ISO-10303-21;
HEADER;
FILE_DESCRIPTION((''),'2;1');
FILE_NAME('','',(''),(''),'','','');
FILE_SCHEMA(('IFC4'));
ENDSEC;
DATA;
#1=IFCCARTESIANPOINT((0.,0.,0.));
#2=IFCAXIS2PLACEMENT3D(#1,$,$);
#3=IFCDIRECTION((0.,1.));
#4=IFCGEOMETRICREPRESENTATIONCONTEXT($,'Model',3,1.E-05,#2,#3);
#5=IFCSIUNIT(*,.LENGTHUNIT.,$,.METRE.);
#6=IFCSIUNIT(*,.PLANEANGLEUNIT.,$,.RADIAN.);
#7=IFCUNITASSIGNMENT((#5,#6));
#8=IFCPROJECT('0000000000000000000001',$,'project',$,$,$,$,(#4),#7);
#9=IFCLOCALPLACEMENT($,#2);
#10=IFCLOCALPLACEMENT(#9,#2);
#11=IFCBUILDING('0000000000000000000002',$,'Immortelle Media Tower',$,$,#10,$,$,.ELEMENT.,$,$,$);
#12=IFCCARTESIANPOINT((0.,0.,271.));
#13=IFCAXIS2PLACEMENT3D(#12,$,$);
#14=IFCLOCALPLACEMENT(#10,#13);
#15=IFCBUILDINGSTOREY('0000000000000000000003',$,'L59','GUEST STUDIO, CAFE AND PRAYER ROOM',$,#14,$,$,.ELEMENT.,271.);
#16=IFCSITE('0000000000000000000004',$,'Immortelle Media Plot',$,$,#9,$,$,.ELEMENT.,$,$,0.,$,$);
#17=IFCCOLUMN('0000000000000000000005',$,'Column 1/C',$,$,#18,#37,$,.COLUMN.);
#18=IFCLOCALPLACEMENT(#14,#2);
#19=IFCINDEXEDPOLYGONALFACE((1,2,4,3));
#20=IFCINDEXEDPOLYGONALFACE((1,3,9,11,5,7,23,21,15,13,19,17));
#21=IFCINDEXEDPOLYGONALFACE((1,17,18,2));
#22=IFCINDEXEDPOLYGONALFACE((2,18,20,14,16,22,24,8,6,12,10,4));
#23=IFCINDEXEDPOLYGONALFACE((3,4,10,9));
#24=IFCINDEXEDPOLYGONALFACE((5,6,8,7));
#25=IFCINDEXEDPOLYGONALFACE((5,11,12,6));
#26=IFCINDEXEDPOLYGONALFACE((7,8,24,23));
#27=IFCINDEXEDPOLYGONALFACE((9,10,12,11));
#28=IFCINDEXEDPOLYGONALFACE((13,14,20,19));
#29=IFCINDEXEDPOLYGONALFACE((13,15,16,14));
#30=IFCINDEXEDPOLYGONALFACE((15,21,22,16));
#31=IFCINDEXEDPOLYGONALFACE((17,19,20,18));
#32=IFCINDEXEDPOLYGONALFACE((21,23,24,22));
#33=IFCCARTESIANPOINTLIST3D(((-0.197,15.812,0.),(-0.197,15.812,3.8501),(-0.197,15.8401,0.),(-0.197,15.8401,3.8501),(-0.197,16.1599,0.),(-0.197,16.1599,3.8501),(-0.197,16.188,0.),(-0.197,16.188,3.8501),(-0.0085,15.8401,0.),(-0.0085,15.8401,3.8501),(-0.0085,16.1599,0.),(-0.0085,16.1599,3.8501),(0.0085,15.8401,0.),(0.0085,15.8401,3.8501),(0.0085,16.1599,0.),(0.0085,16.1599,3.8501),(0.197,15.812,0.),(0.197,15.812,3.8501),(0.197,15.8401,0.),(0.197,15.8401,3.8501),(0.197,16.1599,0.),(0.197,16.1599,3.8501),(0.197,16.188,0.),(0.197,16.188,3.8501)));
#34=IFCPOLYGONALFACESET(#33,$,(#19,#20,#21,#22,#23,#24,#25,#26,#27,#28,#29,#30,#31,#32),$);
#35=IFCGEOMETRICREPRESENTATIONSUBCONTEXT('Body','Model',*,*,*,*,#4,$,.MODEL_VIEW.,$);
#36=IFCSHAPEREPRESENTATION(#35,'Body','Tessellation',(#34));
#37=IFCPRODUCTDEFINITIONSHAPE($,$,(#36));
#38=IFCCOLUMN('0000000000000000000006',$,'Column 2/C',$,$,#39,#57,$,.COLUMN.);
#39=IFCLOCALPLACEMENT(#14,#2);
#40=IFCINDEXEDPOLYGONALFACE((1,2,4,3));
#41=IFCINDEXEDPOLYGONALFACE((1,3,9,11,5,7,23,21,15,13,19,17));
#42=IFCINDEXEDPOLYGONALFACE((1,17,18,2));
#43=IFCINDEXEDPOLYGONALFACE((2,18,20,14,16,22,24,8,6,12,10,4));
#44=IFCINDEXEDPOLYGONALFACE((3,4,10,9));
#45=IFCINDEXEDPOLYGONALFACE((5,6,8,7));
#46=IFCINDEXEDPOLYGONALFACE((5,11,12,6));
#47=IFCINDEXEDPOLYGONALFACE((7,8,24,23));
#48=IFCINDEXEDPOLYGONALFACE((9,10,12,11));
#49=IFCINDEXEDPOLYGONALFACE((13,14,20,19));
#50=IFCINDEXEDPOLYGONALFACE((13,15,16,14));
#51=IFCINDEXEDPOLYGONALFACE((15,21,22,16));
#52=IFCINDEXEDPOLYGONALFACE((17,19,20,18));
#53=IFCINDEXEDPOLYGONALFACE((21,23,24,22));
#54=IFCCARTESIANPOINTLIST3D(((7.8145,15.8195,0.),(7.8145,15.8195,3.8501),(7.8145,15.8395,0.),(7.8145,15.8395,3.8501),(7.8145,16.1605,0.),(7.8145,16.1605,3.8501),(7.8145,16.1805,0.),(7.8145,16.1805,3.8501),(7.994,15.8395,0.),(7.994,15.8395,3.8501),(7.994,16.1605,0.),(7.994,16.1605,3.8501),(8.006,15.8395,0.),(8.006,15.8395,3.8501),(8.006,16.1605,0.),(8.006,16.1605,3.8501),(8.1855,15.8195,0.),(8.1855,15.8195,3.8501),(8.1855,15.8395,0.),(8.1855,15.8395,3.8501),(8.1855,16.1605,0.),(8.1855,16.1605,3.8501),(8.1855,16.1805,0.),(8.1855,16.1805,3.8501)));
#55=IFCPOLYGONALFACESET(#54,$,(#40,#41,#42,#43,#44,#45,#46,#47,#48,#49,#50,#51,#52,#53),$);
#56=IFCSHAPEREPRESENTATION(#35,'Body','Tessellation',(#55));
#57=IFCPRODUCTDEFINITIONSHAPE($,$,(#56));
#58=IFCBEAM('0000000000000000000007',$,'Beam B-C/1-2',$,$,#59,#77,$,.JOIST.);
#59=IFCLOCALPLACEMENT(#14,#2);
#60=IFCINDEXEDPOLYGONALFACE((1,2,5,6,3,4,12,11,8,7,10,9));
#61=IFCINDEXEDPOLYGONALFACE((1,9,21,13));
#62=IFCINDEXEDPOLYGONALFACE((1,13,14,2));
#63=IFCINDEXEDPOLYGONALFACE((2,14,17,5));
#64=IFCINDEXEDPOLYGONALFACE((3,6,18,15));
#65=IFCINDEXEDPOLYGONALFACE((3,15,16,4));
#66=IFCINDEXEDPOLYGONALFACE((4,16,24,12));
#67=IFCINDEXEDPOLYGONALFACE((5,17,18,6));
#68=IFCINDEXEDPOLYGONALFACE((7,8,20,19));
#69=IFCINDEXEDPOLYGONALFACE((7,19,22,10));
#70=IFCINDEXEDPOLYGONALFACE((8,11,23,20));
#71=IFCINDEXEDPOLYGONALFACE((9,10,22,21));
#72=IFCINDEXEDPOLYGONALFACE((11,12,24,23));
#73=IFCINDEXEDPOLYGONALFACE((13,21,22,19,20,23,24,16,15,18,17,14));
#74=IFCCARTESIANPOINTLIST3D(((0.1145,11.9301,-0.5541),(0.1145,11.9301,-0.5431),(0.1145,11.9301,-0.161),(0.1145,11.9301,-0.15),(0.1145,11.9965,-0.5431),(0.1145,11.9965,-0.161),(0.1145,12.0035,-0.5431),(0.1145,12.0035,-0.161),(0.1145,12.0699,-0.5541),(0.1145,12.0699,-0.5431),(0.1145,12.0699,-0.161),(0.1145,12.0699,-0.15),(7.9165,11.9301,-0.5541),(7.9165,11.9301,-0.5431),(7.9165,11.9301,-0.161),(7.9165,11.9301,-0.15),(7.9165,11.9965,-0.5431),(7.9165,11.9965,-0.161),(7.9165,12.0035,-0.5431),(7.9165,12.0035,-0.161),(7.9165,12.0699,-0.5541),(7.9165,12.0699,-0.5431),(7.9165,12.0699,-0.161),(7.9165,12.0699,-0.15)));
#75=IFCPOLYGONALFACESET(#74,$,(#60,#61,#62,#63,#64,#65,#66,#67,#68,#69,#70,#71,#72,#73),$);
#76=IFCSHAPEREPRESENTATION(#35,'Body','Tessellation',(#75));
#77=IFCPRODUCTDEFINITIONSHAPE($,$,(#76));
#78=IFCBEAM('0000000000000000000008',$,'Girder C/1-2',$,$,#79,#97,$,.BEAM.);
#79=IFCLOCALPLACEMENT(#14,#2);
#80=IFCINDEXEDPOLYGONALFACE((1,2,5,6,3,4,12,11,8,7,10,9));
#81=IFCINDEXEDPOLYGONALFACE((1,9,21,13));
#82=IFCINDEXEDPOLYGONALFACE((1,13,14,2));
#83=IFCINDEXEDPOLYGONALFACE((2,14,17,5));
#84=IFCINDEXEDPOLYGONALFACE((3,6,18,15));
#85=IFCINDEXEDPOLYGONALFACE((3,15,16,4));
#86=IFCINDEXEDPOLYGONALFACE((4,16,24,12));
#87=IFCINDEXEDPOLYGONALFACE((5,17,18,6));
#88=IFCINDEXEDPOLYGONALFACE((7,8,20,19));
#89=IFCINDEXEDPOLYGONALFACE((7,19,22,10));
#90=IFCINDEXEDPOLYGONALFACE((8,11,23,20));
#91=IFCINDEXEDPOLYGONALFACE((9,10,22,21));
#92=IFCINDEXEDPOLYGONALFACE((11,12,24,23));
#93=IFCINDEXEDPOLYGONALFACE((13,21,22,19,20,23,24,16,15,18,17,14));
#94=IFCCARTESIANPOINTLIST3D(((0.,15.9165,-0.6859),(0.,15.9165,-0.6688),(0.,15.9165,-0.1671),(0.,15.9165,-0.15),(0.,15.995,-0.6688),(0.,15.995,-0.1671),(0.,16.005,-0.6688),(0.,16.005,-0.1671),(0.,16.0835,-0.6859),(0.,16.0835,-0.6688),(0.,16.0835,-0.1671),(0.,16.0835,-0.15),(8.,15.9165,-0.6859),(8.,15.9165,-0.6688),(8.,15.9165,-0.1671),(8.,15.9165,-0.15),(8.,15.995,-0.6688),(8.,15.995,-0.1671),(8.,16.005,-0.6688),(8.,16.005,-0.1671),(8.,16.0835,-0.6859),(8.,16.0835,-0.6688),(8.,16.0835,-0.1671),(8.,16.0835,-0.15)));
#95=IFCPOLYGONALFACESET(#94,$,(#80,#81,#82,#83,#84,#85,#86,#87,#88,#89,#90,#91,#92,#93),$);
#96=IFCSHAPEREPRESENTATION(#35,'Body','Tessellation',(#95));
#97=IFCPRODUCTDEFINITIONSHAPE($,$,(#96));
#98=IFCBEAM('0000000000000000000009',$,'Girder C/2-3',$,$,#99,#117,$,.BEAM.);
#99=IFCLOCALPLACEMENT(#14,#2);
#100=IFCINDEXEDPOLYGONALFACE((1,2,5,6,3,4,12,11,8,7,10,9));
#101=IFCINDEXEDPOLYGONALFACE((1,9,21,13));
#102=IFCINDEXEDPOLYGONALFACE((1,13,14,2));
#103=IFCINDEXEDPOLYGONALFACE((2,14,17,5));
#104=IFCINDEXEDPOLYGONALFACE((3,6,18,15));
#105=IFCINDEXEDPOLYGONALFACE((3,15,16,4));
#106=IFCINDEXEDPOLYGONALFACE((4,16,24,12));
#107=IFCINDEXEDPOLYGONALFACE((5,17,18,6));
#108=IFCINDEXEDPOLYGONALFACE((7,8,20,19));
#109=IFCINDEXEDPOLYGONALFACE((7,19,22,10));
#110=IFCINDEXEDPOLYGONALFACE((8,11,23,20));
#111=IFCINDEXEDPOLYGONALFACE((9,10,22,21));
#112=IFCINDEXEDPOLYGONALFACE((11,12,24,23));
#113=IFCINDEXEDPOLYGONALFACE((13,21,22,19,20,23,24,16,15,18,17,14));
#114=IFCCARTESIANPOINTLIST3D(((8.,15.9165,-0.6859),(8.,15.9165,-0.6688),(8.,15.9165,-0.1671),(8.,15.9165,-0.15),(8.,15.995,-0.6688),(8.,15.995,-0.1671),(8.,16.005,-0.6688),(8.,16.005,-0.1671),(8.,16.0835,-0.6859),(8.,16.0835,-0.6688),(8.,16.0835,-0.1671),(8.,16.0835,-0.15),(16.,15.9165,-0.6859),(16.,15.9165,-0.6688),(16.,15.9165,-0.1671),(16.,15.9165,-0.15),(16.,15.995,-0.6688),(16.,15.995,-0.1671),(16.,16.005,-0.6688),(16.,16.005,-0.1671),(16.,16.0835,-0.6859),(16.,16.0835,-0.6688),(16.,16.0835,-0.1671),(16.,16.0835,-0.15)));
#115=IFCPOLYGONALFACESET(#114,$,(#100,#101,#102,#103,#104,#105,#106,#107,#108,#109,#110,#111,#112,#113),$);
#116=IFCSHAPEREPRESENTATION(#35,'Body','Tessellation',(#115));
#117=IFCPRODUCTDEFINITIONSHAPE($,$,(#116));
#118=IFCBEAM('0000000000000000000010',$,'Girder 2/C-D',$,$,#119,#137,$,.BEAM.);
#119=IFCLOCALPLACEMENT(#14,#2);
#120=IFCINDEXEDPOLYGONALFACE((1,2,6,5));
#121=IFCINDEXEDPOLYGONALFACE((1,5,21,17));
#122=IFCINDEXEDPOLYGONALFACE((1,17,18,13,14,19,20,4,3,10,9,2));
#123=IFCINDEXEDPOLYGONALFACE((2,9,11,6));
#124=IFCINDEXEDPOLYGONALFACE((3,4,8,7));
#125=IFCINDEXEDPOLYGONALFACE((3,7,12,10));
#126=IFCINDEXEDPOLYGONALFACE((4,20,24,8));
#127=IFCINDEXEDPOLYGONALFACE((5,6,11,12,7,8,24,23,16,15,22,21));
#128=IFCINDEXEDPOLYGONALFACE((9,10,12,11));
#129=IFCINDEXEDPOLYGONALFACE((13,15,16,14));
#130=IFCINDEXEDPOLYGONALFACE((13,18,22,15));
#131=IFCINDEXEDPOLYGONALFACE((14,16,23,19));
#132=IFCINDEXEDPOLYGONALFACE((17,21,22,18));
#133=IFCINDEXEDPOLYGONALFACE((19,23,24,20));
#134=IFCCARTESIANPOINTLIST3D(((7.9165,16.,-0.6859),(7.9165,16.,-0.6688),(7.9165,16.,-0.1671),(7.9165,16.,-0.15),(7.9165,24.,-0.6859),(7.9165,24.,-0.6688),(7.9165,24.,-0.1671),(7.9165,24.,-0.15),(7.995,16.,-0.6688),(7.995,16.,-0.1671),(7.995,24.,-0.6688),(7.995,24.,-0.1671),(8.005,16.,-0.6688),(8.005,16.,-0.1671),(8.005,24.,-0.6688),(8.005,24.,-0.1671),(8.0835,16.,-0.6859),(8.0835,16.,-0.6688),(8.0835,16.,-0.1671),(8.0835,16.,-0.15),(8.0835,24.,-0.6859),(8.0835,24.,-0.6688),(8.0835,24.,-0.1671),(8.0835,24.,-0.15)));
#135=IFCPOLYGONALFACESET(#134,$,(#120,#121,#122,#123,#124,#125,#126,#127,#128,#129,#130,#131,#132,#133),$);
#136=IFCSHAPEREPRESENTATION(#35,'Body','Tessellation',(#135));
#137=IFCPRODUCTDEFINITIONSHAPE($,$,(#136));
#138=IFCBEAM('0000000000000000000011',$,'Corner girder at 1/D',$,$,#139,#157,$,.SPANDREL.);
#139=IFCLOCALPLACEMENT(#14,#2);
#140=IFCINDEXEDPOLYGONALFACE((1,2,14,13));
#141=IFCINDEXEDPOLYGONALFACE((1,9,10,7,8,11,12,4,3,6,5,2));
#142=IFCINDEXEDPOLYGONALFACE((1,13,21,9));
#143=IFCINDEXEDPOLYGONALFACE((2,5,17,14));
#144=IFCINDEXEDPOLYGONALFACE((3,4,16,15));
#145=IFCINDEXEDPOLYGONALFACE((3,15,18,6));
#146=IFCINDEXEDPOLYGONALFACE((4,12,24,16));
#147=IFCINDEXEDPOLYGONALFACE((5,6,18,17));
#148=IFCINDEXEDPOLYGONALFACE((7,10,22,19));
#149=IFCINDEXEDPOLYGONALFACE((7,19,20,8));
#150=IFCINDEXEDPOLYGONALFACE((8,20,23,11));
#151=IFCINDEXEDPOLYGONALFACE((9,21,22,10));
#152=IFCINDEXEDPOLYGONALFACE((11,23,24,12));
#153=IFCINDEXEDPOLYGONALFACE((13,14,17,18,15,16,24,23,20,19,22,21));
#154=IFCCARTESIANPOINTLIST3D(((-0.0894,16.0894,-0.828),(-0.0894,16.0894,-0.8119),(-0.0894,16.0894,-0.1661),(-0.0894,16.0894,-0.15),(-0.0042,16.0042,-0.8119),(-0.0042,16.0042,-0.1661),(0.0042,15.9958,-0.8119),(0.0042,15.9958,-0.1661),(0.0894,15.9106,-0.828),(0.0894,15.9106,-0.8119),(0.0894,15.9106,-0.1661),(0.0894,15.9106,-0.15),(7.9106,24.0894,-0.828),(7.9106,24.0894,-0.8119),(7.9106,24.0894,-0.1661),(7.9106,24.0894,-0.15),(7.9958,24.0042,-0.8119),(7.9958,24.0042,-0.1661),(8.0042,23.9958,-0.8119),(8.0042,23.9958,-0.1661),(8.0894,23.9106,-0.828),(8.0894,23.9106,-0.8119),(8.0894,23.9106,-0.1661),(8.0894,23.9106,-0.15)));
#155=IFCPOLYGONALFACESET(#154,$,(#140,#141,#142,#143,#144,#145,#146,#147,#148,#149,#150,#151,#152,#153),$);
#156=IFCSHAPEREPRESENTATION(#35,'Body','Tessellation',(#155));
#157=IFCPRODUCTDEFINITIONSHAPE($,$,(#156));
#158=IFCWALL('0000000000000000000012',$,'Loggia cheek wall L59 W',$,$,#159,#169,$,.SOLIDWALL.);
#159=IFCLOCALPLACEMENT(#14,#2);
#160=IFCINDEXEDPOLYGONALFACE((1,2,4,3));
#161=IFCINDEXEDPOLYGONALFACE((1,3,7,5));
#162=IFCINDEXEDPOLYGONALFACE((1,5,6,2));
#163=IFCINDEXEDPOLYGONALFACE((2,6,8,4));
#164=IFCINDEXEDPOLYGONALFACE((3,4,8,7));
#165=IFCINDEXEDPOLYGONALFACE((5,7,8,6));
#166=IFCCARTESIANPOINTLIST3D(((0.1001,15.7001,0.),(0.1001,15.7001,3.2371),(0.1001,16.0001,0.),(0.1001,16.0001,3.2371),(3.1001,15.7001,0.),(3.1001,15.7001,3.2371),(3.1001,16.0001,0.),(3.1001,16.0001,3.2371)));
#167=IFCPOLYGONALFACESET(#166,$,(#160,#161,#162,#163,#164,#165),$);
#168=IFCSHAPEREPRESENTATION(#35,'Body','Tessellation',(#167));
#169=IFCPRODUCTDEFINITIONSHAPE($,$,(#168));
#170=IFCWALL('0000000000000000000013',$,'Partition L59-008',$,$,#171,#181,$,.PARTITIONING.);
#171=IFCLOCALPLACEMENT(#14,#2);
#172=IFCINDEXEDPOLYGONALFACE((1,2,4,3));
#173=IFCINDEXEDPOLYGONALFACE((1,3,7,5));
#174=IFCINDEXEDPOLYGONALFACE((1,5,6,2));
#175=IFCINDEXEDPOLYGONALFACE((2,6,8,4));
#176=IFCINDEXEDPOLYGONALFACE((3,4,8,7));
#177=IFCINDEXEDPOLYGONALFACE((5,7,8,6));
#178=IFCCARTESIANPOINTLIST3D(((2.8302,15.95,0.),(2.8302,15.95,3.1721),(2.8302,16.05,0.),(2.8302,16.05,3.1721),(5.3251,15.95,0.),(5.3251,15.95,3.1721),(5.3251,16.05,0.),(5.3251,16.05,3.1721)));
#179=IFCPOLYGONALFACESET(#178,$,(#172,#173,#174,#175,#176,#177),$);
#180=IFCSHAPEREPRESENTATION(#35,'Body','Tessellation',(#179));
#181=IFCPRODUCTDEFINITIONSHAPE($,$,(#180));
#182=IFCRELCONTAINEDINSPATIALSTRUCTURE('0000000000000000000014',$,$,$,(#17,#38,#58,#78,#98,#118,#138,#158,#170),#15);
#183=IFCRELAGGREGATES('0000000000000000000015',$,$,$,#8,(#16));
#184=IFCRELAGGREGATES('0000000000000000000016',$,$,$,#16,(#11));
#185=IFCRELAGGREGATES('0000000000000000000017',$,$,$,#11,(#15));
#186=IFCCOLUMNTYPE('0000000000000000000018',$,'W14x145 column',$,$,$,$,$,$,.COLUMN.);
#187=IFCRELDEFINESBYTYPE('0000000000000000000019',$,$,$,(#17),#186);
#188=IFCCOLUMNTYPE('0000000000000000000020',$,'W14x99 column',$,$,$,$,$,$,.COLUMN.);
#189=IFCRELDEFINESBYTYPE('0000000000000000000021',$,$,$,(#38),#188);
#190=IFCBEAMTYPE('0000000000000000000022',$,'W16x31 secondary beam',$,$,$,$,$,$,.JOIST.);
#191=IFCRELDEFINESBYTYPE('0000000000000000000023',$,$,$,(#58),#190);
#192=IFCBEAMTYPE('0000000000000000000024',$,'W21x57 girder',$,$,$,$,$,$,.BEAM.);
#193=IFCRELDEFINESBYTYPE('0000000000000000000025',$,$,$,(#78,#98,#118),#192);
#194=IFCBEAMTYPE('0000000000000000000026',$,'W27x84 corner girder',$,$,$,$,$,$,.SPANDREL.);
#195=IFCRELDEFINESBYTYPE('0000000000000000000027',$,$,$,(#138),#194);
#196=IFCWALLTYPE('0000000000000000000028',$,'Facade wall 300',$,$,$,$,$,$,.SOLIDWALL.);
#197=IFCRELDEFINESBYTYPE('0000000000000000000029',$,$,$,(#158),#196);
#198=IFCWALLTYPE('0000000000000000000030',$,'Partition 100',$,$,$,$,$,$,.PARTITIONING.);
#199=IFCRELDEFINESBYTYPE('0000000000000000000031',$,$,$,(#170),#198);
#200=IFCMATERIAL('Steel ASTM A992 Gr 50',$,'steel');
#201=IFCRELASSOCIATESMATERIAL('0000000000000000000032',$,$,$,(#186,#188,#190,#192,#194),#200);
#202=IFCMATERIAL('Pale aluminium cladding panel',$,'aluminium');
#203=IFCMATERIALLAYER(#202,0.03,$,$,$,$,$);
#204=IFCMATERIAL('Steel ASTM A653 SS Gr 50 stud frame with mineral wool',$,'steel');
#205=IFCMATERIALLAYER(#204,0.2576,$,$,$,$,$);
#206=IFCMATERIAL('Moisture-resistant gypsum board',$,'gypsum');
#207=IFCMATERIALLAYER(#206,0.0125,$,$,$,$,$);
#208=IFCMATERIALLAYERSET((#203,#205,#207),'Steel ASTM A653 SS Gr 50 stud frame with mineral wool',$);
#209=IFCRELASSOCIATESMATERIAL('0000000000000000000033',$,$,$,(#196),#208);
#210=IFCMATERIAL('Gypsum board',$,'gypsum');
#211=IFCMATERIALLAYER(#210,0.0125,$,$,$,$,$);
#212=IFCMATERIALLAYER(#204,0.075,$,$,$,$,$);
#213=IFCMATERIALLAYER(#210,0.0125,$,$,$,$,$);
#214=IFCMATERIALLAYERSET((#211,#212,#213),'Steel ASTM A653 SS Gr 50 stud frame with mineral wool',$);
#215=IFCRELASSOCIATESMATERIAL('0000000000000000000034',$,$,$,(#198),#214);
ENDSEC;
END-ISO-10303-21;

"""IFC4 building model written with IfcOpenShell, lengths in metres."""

from ifc_helpers import new_model, si_unit, direction, frame, frame_2d, origin, origin_2d, place, context, subcontext, project, spatial, rectangle, i_section, extrude, material, layer, layer_set, material_profile, profile_set, type_object, element, save


model = new_model("IFC4")

# Units and contexts
model_context = context("Model", 3, precision=1e-05, world=origin(), true_north=direction((0.0, 1.0)))
body_context = subcontext(model_context, "Body", "Model", "MODEL_VIEW")
ifc_project = project(units=[si_unit("LENGTHUNIT", "METRE"), si_unit("PLANEANGLEUNIT", "RADIAN")], contexts=[model_context])

# Site, building, storey
site_placement = place(None, origin())
site = spatial("IfcSite", under=ifc_project, at=site_placement, Name="Immortelle Media Plot", CompositionType="ELEMENT", RefElevation=0.0)
building_placement = place(site_placement, origin())
building = spatial("IfcBuilding", under=site, at=building_placement, Name="Immortelle Media Tower", CompositionType="ELEMENT")
storey_placement = place(building_placement, frame((0.0, 0.0, 271.0)))
storey = spatial("IfcBuildingStorey", under=building, at=storey_placement, Name="L59", Description="GUEST STUDIO, CAFE AND PRAYER ROOM", CompositionType="ELEMENT", Elevation=271.0)

# Columns
ifc_material_1 = material(Name="Steel ASTM A992 Gr 50", Category="steel")
ifc_material_profile_1 = material_profile(ifc_material_1, i_section(OverallWidth=0.394, OverallDepth=0.376, WebThickness=0.0171, FlangeThickness=0.0281, at=origin_2d()), Name="W14x145")
ifc_profile_set_1 = profile_set([ifc_material_profile_1], Name="Steel ASTM A992 Gr 50")
column_type_1 = type_object("IfcColumnType", Name="W14x145 column", PredefinedType="COLUMN", material=ifc_profile_set_1)
column_1_placement = place(storey_placement, frame((0.0, 16.0, 0.0), z_axis=(0.0, 0.0, 1.0), x_axis=(1.0, 0.0, 0.0)))
element("IfcColumn", 1, at=column_1_placement, inside=storey, type_object=column_type_1, Name="Column 1/C", PredefinedType="COLUMN", context=body_context, shape_type="SweptSolid", body=[
    extrude(i_section(OverallWidth=0.394, OverallDepth=0.376, WebThickness=0.0171, FlangeThickness=0.0281, at=origin_2d()), origin(), (0.0, 0.0, 1.0), 3.8501),
])
ifc_material_profile_2 = material_profile(ifc_material_1, i_section(OverallWidth=0.3711, OverallDepth=0.3611, WebThickness=0.012, FlangeThickness=0.02, at=origin_2d()), Name="W14x99")
ifc_profile_set_2 = profile_set([ifc_material_profile_2], Name="Steel ASTM A992 Gr 50")
column_type_2 = type_object("IfcColumnType", Name="W14x99 column", PredefinedType="COLUMN", material=ifc_profile_set_2)
column_2_placement = place(storey_placement, frame((8.0, 16.0, 0.0), z_axis=(0.0, 0.0, 1.0), x_axis=(1.0, 0.0, 0.0)))
element("IfcColumn", 2, at=column_2_placement, inside=storey, type_object=column_type_2, Name="Column 2/C", PredefinedType="COLUMN", context=body_context, shape_type="SweptSolid", body=[
    extrude(i_section(OverallWidth=0.3711, OverallDepth=0.3611, WebThickness=0.012, FlangeThickness=0.02, at=origin_2d()), origin(), (0.0, 0.0, 1.0), 3.8501),
])

# Beams
ifc_material_profile_3 = material_profile(ifc_material_1, i_section(OverallWidth=0.1399, OverallDepth=0.4041, WebThickness=0.0071, FlangeThickness=0.011, at=origin_2d()), Name="W16x31")
ifc_profile_set_3 = profile_set([ifc_material_profile_3], Name="Steel ASTM A992 Gr 50")
beam_type_1 = type_object("IfcBeamType", Name="W16x31 secondary beam", PredefinedType="JOIST", material=ifc_profile_set_3)
beam_1_placement = place(storey_placement, frame((0.1145, 12.0, -0.3521), z_axis=(1.0, 0.0, 0.0), x_axis=(0.0, 1.0, 0.0)))
element("IfcBeam", 3, at=beam_1_placement, inside=storey, type_object=beam_type_1, Name="Beam B-C/1-2", PredefinedType="JOIST", context=body_context, shape_type="SweptSolid", body=[
    extrude(i_section(OverallWidth=0.1399, OverallDepth=0.4041, WebThickness=0.0071, FlangeThickness=0.011, at=origin_2d()), origin(), (0.0, 0.0, 1.0), 7.802),
])
ifc_material_profile_4 = material_profile(ifc_material_1, i_section(OverallWidth=0.167, OverallDepth=0.5359, WebThickness=0.01, FlangeThickness=0.0171, at=origin_2d()), Name="W21x57")
ifc_profile_set_4 = profile_set([ifc_material_profile_4], Name="Steel ASTM A992 Gr 50")
beam_type_2 = type_object("IfcBeamType", Name="W21x57 girder", PredefinedType="BEAM", material=ifc_profile_set_4)
for number, where, z_axis, x_axis, name in (
    (4, (0.0, 16.0, -0.418), (1.0, 0.0, 0.0), (0.0, 1.0, 0.0), "Girder C/1-2"),
    (5, (8.0, 16.0, -0.418), (1.0, 0.0, 0.0), (0.0, 1.0, 0.0), "Girder C/2-3"),
    (6, (8.0, 16.0, -0.418), (0.0, 1.0, 0.0), (-1.0, 0.0, 0.0), "Girder 2/C-D"),
):
    element("IfcBeam", number, at=place(storey_placement, frame(where, z_axis=z_axis, x_axis=x_axis)), inside=storey, type_object=beam_type_2, Name=name, PredefinedType="BEAM", context=body_context, shape_type="SweptSolid", body=[
        extrude(i_section(OverallWidth=0.167, OverallDepth=0.5359, WebThickness=0.01, FlangeThickness=0.0171, at=origin_2d()), origin(), (0.0, 0.0, 1.0), 8.0),
    ])
ifc_material_profile_5 = material_profile(ifc_material_1, i_section(OverallWidth=0.2529, OverallDepth=0.678, WebThickness=0.012, FlangeThickness=0.0161, at=origin_2d()), Name="W27x84")
ifc_profile_set_5 = profile_set([ifc_material_profile_5], Name="Steel ASTM A992 Gr 50")
beam_type_3 = type_object("IfcBeamType", Name="W27x84 corner girder", PredefinedType="SPANDREL", material=ifc_profile_set_5)
beam_2_placement = place(storey_placement, frame((0.0, 16.0, -0.489), z_axis=(0.707107, 0.707107, 0.0), x_axis=(-0.707107, 0.707107, 0.0)))
element("IfcBeam", 7, at=beam_2_placement, inside=storey, type_object=beam_type_3, Name="Corner girder at 1/D", PredefinedType="SPANDREL", context=body_context, shape_type="SweptSolid", body=[
    extrude(i_section(OverallWidth=0.2529, OverallDepth=0.678, WebThickness=0.012, FlangeThickness=0.0161, at=origin_2d()), origin(), (0.0, 0.0, 1.0), 11.3137),
])

# Shared definitions
ifc_material_2 = material(Name="Pale aluminium cladding panel", Category="aluminium")
ifc_layer_1 = layer(ifc_material_2, 0.03)
ifc_material_3 = material(Name="Steel ASTM A653 SS Gr 50 stud frame with mineral wool", Category="steel")
ifc_layer_2 = layer(ifc_material_3, 0.2576)
ifc_material_4 = material(Name="Moisture-resistant gypsum board", Category="gypsum")
ifc_layer_3 = layer(ifc_material_4, 0.0125)
ifc_layer_set_1 = layer_set([ifc_layer_1, ifc_layer_2, ifc_layer_3], Name="Steel ASTM A653 SS Gr 50 stud frame with mineral wool")
wall_type_1 = type_object("IfcWallType", Name="Facade wall 300", PredefinedType="SOLIDWALL", material=ifc_layer_set_1)

# Walls
wall_1_placement = place(storey_placement, frame((0.1001, 15.8501, 0.0), z_axis=(0.0, 0.0, 1.0), x_axis=(1.0, 0.0, 0.0)))
element("IfcWall", 8, at=wall_1_placement, inside=storey, type_object=wall_type_1, Name="Loggia cheek wall L59 W", PredefinedType="SOLIDWALL", context=body_context, shape_type="SweptSolid", body=[
    extrude(rectangle(XDim=3.0, YDim=0.3, at=frame_2d((1.5, 0.0))), origin(), (0.0, 0.0, 1.0), 3.2371),
])
ifc_material_5 = material(Name="Gypsum board", Category="gypsum")
ifc_layer_4 = layer(ifc_material_5, 0.0125)
ifc_layer_5 = layer(ifc_material_3, 0.075)
ifc_layer_6 = layer(ifc_material_5, 0.0125)
ifc_layer_set_2 = layer_set([ifc_layer_4, ifc_layer_5, ifc_layer_6], Name="Steel ASTM A653 SS Gr 50 stud frame with mineral wool")
wall_type_2 = type_object("IfcWallType", Name="Partition 100", PredefinedType="PARTITIONING", material=ifc_layer_set_2)
wall_2_placement = place(storey_placement, frame((2.8301, 16.0, 0.0), z_axis=(0.0, 0.0, 1.0), x_axis=(1.0, 0.0, 0.0)))
element("IfcWall", 9, at=wall_2_placement, inside=storey, type_object=wall_type_2, Name="Partition L59-008", PredefinedType="PARTITIONING", context=body_context, shape_type="SweptSolid", body=[
    extrude(rectangle(XDim=2.4949, YDim=0.1001, at=frame_2d((1.2476, 0.0))), origin(), (0.0, 0.0, 1.0), 3.1721),
])

save(model, "model.ifc")
